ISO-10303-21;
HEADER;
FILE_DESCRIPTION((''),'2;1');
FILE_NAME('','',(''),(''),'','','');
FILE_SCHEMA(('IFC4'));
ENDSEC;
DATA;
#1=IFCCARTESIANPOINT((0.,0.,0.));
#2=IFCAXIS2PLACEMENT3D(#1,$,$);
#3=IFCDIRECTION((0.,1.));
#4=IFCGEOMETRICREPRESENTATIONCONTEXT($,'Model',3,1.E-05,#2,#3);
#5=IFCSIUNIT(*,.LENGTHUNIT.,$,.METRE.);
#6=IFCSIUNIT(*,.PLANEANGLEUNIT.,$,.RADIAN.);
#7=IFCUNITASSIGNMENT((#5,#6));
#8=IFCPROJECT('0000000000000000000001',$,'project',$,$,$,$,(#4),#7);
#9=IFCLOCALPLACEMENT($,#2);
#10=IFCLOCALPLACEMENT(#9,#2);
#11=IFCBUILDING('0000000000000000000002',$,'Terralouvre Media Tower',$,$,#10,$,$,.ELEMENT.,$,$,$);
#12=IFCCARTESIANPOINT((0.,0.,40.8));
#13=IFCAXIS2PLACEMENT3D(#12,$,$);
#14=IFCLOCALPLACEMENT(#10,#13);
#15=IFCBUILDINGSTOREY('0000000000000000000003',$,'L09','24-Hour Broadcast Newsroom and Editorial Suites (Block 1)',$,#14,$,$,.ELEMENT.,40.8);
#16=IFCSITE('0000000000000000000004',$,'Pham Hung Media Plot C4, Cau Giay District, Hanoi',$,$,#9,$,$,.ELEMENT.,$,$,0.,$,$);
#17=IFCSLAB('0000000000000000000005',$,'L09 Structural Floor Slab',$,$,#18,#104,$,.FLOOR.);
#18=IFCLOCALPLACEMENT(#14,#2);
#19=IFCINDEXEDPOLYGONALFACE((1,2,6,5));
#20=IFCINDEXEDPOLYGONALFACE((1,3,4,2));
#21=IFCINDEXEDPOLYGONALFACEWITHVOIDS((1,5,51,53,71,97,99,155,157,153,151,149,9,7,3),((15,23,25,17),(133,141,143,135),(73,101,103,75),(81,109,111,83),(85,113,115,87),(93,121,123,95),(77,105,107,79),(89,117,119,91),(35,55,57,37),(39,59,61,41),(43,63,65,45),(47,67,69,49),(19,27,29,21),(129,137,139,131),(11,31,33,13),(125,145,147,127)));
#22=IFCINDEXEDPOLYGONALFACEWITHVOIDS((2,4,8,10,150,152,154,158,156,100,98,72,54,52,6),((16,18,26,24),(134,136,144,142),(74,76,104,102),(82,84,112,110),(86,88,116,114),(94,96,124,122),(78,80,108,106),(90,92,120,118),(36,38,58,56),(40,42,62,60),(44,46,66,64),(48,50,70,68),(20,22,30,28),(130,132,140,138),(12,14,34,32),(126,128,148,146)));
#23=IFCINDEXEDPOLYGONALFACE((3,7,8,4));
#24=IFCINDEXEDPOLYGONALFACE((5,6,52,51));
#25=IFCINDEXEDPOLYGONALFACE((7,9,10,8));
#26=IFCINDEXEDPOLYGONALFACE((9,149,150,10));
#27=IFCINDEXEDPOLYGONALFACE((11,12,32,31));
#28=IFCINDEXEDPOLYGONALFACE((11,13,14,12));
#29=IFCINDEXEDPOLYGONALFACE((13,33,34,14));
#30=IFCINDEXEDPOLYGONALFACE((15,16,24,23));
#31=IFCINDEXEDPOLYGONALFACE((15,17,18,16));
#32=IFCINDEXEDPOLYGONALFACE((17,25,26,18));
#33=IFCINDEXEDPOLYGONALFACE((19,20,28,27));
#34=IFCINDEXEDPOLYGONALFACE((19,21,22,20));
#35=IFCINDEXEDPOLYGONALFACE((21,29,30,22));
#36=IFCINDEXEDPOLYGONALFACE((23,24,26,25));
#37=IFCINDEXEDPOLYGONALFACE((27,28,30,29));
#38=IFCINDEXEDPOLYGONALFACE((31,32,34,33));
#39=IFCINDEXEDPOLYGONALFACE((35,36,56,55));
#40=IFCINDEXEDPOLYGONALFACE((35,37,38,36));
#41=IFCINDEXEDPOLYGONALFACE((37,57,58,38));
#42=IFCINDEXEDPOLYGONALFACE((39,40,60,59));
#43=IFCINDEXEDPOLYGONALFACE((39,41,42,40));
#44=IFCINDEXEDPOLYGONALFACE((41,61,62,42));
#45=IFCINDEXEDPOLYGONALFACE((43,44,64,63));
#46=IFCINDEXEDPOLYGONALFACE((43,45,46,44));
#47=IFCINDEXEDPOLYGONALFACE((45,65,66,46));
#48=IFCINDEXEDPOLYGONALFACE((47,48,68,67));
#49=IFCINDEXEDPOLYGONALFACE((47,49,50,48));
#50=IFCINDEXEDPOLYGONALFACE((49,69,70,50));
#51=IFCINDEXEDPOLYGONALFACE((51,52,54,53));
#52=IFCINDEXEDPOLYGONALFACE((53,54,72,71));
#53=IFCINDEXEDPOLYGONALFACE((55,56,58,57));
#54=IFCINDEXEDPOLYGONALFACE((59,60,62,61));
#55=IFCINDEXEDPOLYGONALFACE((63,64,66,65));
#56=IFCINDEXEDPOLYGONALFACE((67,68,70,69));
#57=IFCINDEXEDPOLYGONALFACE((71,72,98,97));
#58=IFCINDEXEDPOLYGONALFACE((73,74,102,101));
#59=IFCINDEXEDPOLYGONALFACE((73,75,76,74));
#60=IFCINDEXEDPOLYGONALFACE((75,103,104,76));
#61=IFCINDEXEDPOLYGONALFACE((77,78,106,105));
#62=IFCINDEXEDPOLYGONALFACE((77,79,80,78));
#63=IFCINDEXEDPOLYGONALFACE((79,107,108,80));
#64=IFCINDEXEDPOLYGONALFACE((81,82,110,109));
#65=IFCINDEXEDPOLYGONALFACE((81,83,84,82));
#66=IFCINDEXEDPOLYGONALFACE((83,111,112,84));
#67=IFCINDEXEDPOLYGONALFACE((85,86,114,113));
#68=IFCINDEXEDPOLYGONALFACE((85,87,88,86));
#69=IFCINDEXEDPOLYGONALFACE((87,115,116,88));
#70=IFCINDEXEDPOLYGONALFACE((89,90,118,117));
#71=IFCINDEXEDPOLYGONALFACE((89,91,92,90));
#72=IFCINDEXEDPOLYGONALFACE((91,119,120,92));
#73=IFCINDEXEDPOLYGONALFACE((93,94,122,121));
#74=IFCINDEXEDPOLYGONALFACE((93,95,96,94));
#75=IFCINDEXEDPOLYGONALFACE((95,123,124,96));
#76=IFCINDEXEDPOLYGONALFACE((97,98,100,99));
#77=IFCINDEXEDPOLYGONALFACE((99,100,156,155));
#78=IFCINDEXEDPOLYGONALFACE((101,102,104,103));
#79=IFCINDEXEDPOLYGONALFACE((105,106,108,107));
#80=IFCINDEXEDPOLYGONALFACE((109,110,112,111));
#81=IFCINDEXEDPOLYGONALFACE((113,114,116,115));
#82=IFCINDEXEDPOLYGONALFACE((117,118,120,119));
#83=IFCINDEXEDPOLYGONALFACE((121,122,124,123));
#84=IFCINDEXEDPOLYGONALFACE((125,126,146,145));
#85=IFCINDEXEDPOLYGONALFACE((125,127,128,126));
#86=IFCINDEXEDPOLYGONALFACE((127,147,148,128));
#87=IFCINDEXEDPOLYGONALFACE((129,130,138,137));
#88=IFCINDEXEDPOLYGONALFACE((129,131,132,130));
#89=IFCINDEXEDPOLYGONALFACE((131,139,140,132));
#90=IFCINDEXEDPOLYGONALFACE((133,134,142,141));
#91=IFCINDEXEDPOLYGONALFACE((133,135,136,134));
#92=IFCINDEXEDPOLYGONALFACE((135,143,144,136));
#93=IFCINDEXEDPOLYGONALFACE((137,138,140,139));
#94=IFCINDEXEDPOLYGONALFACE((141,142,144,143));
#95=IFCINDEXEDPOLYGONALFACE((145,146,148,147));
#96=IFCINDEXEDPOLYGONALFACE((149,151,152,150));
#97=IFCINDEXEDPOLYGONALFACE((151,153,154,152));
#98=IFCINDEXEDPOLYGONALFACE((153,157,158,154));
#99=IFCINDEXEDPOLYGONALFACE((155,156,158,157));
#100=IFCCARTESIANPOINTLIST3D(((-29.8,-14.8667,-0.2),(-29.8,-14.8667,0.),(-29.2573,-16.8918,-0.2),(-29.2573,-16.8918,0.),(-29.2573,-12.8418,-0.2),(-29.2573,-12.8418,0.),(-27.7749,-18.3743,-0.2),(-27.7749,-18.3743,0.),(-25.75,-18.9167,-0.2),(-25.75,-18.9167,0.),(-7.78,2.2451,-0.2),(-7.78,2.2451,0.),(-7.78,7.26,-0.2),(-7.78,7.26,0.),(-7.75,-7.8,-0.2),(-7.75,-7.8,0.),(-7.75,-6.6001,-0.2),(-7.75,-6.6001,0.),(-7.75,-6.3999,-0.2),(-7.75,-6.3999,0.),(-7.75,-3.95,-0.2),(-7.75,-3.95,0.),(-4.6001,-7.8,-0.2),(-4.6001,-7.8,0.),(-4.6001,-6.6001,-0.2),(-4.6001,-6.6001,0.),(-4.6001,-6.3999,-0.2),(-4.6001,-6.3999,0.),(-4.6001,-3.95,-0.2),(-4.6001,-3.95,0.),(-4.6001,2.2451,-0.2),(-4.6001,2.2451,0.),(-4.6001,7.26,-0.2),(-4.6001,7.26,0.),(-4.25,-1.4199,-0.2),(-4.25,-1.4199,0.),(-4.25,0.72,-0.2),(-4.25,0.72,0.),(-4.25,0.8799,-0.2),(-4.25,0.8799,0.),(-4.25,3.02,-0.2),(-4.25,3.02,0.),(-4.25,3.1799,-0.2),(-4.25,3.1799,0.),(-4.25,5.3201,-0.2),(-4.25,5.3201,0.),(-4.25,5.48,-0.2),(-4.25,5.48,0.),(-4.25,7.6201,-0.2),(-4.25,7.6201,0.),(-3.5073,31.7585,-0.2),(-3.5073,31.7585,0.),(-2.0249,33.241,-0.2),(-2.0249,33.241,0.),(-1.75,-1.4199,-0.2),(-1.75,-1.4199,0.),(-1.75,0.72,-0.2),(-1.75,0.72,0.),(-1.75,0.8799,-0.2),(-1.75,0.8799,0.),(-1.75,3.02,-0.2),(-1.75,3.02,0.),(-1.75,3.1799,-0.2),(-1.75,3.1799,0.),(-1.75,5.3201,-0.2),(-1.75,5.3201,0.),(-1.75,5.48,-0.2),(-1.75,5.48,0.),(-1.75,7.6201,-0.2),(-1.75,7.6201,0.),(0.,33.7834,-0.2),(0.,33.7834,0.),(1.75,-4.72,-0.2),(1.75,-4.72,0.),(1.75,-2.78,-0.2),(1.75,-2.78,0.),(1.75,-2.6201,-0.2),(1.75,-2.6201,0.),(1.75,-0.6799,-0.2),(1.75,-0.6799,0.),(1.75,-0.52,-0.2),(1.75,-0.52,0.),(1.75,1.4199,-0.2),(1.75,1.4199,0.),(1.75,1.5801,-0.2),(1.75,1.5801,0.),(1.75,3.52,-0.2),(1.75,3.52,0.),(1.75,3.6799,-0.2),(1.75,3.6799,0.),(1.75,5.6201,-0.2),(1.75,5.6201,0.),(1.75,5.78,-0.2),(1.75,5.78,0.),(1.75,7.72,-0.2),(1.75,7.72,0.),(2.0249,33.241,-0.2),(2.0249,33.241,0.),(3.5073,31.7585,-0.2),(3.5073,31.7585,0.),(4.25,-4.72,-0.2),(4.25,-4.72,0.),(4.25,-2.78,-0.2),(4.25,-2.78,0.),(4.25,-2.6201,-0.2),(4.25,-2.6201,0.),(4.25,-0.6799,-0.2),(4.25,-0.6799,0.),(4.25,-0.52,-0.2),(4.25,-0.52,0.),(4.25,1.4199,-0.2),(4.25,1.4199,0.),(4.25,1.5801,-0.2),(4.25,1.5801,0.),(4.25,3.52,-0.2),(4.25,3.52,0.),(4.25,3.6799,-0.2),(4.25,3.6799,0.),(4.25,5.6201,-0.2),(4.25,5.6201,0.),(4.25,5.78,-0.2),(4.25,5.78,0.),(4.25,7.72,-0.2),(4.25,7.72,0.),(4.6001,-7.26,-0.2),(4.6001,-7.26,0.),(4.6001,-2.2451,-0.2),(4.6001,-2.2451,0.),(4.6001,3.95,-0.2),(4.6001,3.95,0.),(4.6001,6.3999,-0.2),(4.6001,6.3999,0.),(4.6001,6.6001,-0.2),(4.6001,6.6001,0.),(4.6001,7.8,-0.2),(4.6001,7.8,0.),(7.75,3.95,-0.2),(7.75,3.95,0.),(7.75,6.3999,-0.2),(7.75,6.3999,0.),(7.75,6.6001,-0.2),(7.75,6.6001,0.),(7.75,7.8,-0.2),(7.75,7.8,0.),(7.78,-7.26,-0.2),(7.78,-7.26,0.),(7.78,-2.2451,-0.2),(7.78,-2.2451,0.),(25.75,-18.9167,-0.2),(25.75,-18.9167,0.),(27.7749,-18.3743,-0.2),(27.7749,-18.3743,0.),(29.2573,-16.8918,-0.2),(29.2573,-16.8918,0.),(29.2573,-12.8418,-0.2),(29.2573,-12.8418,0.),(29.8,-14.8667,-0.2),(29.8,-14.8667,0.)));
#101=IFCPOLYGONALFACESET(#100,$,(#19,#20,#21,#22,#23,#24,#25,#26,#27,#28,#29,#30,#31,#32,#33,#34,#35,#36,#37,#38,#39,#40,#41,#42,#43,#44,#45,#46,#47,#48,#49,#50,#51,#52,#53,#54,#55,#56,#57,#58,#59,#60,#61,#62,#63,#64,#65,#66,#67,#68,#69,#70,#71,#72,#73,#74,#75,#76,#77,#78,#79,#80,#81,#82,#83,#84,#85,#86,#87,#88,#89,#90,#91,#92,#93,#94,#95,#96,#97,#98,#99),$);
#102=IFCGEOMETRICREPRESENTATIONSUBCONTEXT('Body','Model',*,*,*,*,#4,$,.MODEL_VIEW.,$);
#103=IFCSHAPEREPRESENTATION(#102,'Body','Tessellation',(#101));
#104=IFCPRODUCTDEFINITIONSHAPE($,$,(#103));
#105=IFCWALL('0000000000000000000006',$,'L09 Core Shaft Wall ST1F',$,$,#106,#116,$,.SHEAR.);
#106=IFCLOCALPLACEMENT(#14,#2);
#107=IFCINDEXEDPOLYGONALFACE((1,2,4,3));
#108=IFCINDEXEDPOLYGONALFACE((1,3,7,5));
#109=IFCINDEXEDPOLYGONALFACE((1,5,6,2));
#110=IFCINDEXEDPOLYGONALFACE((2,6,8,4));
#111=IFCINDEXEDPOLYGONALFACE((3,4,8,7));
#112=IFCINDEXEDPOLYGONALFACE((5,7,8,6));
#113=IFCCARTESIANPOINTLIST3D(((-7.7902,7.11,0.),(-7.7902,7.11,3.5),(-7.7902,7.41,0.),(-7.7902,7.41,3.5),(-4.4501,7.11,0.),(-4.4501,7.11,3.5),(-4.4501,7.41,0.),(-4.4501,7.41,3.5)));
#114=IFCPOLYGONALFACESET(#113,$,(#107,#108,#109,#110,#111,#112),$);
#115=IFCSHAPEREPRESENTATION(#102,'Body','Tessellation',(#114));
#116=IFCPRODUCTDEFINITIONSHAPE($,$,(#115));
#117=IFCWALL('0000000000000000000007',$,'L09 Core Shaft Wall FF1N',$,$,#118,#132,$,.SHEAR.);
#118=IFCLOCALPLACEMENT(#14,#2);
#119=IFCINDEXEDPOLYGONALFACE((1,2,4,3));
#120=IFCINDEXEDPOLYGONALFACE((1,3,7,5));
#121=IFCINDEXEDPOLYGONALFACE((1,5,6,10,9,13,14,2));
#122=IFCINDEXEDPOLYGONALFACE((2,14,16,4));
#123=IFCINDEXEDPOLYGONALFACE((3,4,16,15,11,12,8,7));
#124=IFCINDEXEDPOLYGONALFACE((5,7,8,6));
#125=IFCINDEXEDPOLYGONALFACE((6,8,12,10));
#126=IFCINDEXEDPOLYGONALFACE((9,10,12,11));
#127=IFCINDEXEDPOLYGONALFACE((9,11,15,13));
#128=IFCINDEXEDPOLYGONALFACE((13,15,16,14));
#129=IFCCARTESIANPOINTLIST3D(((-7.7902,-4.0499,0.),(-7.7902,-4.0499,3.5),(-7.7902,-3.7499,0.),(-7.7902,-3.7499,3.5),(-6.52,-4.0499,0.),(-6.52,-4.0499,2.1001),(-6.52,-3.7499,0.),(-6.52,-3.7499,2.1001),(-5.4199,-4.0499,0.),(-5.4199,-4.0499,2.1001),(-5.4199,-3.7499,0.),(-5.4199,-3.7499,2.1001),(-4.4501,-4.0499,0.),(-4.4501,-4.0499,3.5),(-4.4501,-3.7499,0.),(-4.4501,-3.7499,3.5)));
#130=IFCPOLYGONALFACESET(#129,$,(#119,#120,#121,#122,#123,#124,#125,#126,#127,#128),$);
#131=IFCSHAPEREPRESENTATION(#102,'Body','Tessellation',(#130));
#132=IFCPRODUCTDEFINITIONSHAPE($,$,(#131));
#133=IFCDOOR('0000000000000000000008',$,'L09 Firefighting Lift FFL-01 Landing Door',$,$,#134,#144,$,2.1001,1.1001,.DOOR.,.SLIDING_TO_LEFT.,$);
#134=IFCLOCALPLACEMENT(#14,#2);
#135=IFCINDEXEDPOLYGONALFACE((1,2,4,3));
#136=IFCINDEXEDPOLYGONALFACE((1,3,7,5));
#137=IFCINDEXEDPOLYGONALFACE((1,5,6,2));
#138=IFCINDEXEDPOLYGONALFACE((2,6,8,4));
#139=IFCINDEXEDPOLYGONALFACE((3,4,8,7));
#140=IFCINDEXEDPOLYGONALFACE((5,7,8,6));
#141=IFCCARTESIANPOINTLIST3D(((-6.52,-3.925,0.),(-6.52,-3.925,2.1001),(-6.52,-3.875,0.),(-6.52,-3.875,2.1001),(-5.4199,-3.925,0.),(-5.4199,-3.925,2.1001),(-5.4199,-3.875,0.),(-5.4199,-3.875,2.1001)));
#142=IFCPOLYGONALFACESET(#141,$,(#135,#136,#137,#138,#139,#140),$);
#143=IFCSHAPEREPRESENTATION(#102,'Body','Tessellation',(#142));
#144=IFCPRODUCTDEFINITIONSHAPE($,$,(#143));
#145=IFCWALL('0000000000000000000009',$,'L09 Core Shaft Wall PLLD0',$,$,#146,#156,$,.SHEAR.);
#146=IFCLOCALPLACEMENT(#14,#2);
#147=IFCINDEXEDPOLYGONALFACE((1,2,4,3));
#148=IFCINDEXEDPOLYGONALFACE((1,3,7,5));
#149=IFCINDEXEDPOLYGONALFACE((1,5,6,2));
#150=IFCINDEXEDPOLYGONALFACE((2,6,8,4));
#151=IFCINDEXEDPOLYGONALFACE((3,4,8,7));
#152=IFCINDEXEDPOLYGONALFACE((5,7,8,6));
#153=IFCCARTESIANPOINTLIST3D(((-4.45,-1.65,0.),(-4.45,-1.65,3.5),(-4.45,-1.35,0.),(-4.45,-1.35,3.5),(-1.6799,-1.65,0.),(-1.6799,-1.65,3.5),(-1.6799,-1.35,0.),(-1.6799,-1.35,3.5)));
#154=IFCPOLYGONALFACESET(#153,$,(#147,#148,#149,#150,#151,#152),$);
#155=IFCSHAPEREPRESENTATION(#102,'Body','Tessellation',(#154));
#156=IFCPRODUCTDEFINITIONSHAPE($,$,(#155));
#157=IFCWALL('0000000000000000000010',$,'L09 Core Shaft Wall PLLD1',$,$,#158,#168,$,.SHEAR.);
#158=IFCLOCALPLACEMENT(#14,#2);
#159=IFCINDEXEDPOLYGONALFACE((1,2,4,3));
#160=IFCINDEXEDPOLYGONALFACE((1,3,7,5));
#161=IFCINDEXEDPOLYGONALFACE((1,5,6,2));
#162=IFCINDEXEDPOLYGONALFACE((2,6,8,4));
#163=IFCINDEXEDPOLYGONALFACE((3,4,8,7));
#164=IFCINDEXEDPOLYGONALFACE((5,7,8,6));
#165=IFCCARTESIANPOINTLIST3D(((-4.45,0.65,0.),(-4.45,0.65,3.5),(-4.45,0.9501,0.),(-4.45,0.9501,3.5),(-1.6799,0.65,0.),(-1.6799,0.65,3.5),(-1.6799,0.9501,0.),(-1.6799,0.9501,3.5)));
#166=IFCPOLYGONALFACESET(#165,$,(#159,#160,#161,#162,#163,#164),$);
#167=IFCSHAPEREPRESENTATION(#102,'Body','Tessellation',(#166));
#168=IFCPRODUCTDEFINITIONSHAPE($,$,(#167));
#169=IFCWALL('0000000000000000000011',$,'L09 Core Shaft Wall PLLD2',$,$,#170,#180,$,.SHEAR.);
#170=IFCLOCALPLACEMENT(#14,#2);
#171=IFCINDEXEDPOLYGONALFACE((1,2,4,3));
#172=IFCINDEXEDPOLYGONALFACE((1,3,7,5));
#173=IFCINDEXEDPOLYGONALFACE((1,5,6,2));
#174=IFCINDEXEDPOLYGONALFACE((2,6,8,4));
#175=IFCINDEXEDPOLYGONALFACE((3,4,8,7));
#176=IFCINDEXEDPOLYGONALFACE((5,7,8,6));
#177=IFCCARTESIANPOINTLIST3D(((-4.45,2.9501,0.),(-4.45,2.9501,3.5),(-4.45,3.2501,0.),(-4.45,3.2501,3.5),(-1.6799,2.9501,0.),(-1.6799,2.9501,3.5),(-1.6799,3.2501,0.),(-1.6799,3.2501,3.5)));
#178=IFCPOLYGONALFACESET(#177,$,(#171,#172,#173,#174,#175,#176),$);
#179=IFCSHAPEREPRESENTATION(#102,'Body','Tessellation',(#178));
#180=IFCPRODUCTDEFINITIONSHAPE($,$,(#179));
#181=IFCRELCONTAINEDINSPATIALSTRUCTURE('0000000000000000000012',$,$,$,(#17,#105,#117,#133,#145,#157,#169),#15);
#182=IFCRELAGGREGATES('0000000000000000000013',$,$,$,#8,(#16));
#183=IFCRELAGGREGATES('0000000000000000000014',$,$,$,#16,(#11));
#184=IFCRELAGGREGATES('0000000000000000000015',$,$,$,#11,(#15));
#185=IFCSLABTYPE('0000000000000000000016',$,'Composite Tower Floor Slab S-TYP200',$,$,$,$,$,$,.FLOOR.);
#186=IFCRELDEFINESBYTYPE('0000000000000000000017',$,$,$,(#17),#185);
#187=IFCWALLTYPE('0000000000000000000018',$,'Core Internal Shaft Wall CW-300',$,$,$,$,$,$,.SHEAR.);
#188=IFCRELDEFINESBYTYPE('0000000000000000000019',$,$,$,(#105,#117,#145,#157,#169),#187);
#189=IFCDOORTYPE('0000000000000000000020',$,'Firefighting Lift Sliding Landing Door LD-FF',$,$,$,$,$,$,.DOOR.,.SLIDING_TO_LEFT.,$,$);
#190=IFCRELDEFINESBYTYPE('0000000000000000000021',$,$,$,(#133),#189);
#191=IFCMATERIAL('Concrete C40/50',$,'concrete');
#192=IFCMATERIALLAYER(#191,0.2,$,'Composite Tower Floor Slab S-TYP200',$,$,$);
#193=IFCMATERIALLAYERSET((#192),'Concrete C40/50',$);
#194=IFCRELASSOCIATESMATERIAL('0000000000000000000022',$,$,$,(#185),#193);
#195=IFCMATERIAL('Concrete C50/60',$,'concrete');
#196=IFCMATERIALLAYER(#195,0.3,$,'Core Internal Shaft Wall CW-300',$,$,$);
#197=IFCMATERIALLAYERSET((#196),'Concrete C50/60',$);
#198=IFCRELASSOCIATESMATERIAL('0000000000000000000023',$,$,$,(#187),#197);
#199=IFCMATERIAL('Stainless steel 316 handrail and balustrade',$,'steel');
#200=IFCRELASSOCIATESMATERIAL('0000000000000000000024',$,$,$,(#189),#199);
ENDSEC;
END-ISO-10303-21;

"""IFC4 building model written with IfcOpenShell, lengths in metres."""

from ifc_helpers import new_model, si_unit, direction, frame, frame_2d, origin, place, context, subcontext, project, spatial, polyline, rectangle, outline, extrude, material, layer, layer_set, type_object, element, fill, save


model = new_model("IFC4")

# Units and contexts
model_context = context("Model", 3, precision=1e-05, world=origin(), true_north=direction((0.0, 1.0)))
body_context = subcontext(model_context, "Body", "Model", "MODEL_VIEW")
ifc_project = project(units=[si_unit("LENGTHUNIT", "METRE"), si_unit("PLANEANGLEUNIT", "RADIAN")], contexts=[model_context])

# Site, building, storey
site_placement = place(None, origin())
site = spatial("IfcSite", under=ifc_project, at=site_placement, Name="Pham Hung Media Plot C4, Cau Giay District, Hanoi", CompositionType="ELEMENT", RefElevation=0.0)
building_placement = place(site_placement, origin())
building = spatial("IfcBuilding", under=site, at=building_placement, Name="Terralouvre Media Tower", CompositionType="ELEMENT")
storey_placement = place(building_placement, frame((0.0, 0.0, 40.8)))
storey = spatial("IfcBuildingStorey", under=building, at=storey_placement, Name="L09", Description="24-Hour Broadcast Newsroom and Editorial Suites (Block 1)", CompositionType="ELEMENT", Elevation=40.8)

# Slab
ifc_material_1 = material(Name="Concrete C40/50", Category="concrete")
ifc_layer_1 = layer(ifc_material_1, 0.2, Name="Composite Tower Floor Slab S-TYP200")
ifc_layer_set_1 = layer_set([ifc_layer_1], Name="Concrete C40/50")
slab_type = type_object("IfcSlabType", Name="Composite Tower Floor Slab S-TYP200", PredefinedType="FLOOR", material=ifc_layer_set_1)
slab_placement = place(storey_placement, frame((0.0, 0.0, -0.2)))
element("IfcSlab", 1, at=slab_placement, inside=storey, type_object=slab_type, Name="L09 Structural Floor Slab", PredefinedType="FLOOR", context=body_context, shape_type="SweptSolid", body=[
    extrude(outline(polyline([(-29.2573, -12.8418), (-29.8, -14.8667), (-29.2573, -16.8918), (-27.7749, -18.3743), (-25.75, -18.9167), (25.75, -18.9167), (27.7749, -18.3743), (29.2573, -16.8918), (29.8, -14.8667), (29.2573, -12.8418), (3.5073, 31.7585), (2.0249, 33.241), (0.0, 33.7834), (-2.0249, 33.241), (-3.5073, 31.7585), (-29.2573, -12.8418)]), holes=[polyline([(-4.6001, -7.8), (-7.75, -7.8), (-7.75, -6.6001), (-4.6001, -6.6001), (-4.6001, -7.8)]), polyline([(-4.6001, -6.3999), (-7.75, -6.3999), (-7.75, -3.95), (-4.6001, -3.95), (-4.6001, -6.3999)]), polyline([(-1.75, -1.4199), (-4.25, -1.4199), (-4.25, 0.72), (-1.75, 0.72), (-1.75, -1.4199)]), polyline([(-1.75, 0.8799), (-4.25, 0.8799), (-4.25, 3.02), (-1.75, 3.02), (-1.75, 0.8799)]), polyline([(4.25, 1.5801), (1.75, 1.5801), (1.75, 3.52), (4.25, 3.52), (4.25, 1.5801)]), polyline([(-1.75, 3.1799), (-4.25, 3.1799), (-4.25, 5.3201), (-1.75, 5.3201), (-1.75, 3.1799)]), polyline([(-4.6001, 2.2451), (-7.78, 2.2451), (-7.78, 7.26), (-4.6001, 7.26), (-4.6001, 2.2451)]), polyline([(-1.75, 5.48), (-4.25, 5.48), (-4.25, 7.6201), (-1.75, 7.6201), (-1.75, 5.48)]), polyline([(4.6001, -2.2451), (7.78, -2.2451), (7.78, -7.26), (4.6001, -7.26), (4.6001, -2.2451)]), polyline([(4.25, -4.72), (1.75, -4.72), (1.75, -2.78), (4.25, -2.78), (4.25, -4.72)]), polyline([(4.25, -2.6201), (1.75, -2.6201), (1.75, -0.6799), (4.25, -0.6799), (4.25, -2.6201)]), polyline([(4.25, -0.52), (1.75, -0.52), (1.75, 1.4199), (4.25, 1.4199), (4.25, -0.52)]), polyline([(4.25, 3.6799), (1.75, 3.6799), (1.75, 5.6201), (4.25, 5.6201), (4.25, 3.6799)]), polyline([(7.75, 3.95), (4.6001, 3.95), (4.6001, 6.3999), (7.75, 6.3999), (7.75, 3.95)]), polyline([(4.25, 5.78), (1.75, 5.78), (1.75, 7.72), (4.25, 7.72), (4.25, 5.78)]), polyline([(7.75, 6.6001), (4.6001, 6.6001), (4.6001, 7.8), (7.75, 7.8), (7.75, 6.6001)])]), origin(), (0.0, 0.0, 1.0), 0.2),
])

# Shared definitions
ifc_material_2 = material(Name="Concrete C50/60", Category="concrete")
ifc_layer_2 = layer(ifc_material_2, 0.3, Name="Core Internal Shaft Wall CW-300")
ifc_layer_set_2 = layer_set([ifc_layer_2], Name="Concrete C50/60")
wall_type_1 = type_object("IfcWallType", Name="Core Internal Shaft Wall CW-300", PredefinedType="SHEAR", material=ifc_layer_set_2)

# Wall
wall_1_placement = place(storey_placement, frame((-7.79, 7.26, 0.0), z_axis=(0.0, 0.0, 1.0), x_axis=(1.0, 0.0, 0.0)))
element("IfcWall", 2, at=wall_1_placement, inside=storey, type_object=wall_type_1, Name="L09 Core Shaft Wall ST1F", PredefinedType="SHEAR", context=body_context, shape_type="SweptSolid", body=[
    extrude(rectangle(XDim=3.3401, YDim=0.3, at=frame_2d((1.6699, 0.0))), origin(), (0.0, 0.0, 1.0), 3.5),
])

# Wall, opening, door
wall_2_placement = place(storey_placement, frame((-7.79, -3.8999, 0.0), z_axis=(0.0, 0.0, 1.0), x_axis=(1.0, 0.0, 0.0)))
wall_2 = element("IfcWall", 3, at=wall_2_placement, inside=storey, type_object=wall_type_1, Name="L09 Core Shaft Wall FF1N", PredefinedType="SHEAR", context=body_context, shape_type="SweptSolid", body=[
    extrude(rectangle(XDim=3.3401, YDim=0.3, at=frame_2d((1.6699, 0.0))), origin(), (0.0, 0.0, 1.0), 3.5),
])
opening_1_placement = place(wall_2_placement, frame((1.27, 0.0, 0.0)))
opening_1 = element("IfcOpeningElement", 4, at=opening_1_placement, cuts=wall_2, PredefinedType="OPENING", context=body_context, shape_type="SweptSolid", body=[
    extrude(rectangle(XDim=1.1001, YDim=2.1001, at=frame_2d((0.55, 1.05))), frame((0.0, 0.1599, 0.0), z_axis=(0.0, -1.0, 0.0), x_axis=(1.0, 0.0, 0.0)), (0.0, 0.0, 1.0), 0.3201),
])
ifc_material_3 = material(Name="Stainless steel 316 handrail and balustrade", Category="steel")
door_type_1 = type_object("IfcDoorType", Name="Firefighting Lift Sliding Landing Door LD-FF", OperationType="SLIDING_TO_LEFT", PredefinedType="DOOR", material=ifc_material_3)
door_1_placement = place(opening_1_placement, origin())
door_1 = element("IfcDoor", 5, at=door_1_placement, inside=storey, type_object=door_type_1, Name="L09 Firefighting Lift FFL-01 Landing Door", OperationType="SLIDING_TO_LEFT", OverallHeight=2.1001, OverallWidth=1.1001, PredefinedType="DOOR", context=body_context, shape_type="SweptSolid", body=[
    extrude(rectangle(XDim=1.1001, YDim=2.1001, at=frame_2d((0.55, 1.05))), frame((0.0, 0.0249, 0.0), z_axis=(0.0, -1.0, 0.0), x_axis=(1.0, 0.0, 0.0)), (0.0, 0.0, 1.0), 0.05),
])
fill(opening_1, door_1)

# Walls
for number, where, z_axis, x_axis, name in (
    (6, (-4.45, -1.5, 0.0), (0.0, 0.0, 1.0), (1.0, 0.0, 0.0), "L09 Core Shaft Wall PLLD0"),
    (7, (-4.45, 0.8, 0.0), (0.0, 0.0, 1.0), (1.0, 0.0, 0.0), "L09 Core Shaft Wall PLLD1"),
    (8, (-4.45, 3.1001, 0.0), (0.0, 0.0, 1.0), (1.0, 0.0, 0.0), "L09 Core Shaft Wall PLLD2"),
):
    element("IfcWall", number, at=place(storey_placement, frame(where, z_axis=z_axis, x_axis=x_axis)), inside=storey, type_object=wall_type_1, Name=name, PredefinedType="SHEAR", context=body_context, shape_type="SweptSolid", body=[
        extrude(rectangle(XDim=2.77, YDim=0.3, at=frame_2d((1.385, 0.0))), origin(), (0.0, 0.0, 1.0), 3.5),
    ])

save(model, "model.ifc")
